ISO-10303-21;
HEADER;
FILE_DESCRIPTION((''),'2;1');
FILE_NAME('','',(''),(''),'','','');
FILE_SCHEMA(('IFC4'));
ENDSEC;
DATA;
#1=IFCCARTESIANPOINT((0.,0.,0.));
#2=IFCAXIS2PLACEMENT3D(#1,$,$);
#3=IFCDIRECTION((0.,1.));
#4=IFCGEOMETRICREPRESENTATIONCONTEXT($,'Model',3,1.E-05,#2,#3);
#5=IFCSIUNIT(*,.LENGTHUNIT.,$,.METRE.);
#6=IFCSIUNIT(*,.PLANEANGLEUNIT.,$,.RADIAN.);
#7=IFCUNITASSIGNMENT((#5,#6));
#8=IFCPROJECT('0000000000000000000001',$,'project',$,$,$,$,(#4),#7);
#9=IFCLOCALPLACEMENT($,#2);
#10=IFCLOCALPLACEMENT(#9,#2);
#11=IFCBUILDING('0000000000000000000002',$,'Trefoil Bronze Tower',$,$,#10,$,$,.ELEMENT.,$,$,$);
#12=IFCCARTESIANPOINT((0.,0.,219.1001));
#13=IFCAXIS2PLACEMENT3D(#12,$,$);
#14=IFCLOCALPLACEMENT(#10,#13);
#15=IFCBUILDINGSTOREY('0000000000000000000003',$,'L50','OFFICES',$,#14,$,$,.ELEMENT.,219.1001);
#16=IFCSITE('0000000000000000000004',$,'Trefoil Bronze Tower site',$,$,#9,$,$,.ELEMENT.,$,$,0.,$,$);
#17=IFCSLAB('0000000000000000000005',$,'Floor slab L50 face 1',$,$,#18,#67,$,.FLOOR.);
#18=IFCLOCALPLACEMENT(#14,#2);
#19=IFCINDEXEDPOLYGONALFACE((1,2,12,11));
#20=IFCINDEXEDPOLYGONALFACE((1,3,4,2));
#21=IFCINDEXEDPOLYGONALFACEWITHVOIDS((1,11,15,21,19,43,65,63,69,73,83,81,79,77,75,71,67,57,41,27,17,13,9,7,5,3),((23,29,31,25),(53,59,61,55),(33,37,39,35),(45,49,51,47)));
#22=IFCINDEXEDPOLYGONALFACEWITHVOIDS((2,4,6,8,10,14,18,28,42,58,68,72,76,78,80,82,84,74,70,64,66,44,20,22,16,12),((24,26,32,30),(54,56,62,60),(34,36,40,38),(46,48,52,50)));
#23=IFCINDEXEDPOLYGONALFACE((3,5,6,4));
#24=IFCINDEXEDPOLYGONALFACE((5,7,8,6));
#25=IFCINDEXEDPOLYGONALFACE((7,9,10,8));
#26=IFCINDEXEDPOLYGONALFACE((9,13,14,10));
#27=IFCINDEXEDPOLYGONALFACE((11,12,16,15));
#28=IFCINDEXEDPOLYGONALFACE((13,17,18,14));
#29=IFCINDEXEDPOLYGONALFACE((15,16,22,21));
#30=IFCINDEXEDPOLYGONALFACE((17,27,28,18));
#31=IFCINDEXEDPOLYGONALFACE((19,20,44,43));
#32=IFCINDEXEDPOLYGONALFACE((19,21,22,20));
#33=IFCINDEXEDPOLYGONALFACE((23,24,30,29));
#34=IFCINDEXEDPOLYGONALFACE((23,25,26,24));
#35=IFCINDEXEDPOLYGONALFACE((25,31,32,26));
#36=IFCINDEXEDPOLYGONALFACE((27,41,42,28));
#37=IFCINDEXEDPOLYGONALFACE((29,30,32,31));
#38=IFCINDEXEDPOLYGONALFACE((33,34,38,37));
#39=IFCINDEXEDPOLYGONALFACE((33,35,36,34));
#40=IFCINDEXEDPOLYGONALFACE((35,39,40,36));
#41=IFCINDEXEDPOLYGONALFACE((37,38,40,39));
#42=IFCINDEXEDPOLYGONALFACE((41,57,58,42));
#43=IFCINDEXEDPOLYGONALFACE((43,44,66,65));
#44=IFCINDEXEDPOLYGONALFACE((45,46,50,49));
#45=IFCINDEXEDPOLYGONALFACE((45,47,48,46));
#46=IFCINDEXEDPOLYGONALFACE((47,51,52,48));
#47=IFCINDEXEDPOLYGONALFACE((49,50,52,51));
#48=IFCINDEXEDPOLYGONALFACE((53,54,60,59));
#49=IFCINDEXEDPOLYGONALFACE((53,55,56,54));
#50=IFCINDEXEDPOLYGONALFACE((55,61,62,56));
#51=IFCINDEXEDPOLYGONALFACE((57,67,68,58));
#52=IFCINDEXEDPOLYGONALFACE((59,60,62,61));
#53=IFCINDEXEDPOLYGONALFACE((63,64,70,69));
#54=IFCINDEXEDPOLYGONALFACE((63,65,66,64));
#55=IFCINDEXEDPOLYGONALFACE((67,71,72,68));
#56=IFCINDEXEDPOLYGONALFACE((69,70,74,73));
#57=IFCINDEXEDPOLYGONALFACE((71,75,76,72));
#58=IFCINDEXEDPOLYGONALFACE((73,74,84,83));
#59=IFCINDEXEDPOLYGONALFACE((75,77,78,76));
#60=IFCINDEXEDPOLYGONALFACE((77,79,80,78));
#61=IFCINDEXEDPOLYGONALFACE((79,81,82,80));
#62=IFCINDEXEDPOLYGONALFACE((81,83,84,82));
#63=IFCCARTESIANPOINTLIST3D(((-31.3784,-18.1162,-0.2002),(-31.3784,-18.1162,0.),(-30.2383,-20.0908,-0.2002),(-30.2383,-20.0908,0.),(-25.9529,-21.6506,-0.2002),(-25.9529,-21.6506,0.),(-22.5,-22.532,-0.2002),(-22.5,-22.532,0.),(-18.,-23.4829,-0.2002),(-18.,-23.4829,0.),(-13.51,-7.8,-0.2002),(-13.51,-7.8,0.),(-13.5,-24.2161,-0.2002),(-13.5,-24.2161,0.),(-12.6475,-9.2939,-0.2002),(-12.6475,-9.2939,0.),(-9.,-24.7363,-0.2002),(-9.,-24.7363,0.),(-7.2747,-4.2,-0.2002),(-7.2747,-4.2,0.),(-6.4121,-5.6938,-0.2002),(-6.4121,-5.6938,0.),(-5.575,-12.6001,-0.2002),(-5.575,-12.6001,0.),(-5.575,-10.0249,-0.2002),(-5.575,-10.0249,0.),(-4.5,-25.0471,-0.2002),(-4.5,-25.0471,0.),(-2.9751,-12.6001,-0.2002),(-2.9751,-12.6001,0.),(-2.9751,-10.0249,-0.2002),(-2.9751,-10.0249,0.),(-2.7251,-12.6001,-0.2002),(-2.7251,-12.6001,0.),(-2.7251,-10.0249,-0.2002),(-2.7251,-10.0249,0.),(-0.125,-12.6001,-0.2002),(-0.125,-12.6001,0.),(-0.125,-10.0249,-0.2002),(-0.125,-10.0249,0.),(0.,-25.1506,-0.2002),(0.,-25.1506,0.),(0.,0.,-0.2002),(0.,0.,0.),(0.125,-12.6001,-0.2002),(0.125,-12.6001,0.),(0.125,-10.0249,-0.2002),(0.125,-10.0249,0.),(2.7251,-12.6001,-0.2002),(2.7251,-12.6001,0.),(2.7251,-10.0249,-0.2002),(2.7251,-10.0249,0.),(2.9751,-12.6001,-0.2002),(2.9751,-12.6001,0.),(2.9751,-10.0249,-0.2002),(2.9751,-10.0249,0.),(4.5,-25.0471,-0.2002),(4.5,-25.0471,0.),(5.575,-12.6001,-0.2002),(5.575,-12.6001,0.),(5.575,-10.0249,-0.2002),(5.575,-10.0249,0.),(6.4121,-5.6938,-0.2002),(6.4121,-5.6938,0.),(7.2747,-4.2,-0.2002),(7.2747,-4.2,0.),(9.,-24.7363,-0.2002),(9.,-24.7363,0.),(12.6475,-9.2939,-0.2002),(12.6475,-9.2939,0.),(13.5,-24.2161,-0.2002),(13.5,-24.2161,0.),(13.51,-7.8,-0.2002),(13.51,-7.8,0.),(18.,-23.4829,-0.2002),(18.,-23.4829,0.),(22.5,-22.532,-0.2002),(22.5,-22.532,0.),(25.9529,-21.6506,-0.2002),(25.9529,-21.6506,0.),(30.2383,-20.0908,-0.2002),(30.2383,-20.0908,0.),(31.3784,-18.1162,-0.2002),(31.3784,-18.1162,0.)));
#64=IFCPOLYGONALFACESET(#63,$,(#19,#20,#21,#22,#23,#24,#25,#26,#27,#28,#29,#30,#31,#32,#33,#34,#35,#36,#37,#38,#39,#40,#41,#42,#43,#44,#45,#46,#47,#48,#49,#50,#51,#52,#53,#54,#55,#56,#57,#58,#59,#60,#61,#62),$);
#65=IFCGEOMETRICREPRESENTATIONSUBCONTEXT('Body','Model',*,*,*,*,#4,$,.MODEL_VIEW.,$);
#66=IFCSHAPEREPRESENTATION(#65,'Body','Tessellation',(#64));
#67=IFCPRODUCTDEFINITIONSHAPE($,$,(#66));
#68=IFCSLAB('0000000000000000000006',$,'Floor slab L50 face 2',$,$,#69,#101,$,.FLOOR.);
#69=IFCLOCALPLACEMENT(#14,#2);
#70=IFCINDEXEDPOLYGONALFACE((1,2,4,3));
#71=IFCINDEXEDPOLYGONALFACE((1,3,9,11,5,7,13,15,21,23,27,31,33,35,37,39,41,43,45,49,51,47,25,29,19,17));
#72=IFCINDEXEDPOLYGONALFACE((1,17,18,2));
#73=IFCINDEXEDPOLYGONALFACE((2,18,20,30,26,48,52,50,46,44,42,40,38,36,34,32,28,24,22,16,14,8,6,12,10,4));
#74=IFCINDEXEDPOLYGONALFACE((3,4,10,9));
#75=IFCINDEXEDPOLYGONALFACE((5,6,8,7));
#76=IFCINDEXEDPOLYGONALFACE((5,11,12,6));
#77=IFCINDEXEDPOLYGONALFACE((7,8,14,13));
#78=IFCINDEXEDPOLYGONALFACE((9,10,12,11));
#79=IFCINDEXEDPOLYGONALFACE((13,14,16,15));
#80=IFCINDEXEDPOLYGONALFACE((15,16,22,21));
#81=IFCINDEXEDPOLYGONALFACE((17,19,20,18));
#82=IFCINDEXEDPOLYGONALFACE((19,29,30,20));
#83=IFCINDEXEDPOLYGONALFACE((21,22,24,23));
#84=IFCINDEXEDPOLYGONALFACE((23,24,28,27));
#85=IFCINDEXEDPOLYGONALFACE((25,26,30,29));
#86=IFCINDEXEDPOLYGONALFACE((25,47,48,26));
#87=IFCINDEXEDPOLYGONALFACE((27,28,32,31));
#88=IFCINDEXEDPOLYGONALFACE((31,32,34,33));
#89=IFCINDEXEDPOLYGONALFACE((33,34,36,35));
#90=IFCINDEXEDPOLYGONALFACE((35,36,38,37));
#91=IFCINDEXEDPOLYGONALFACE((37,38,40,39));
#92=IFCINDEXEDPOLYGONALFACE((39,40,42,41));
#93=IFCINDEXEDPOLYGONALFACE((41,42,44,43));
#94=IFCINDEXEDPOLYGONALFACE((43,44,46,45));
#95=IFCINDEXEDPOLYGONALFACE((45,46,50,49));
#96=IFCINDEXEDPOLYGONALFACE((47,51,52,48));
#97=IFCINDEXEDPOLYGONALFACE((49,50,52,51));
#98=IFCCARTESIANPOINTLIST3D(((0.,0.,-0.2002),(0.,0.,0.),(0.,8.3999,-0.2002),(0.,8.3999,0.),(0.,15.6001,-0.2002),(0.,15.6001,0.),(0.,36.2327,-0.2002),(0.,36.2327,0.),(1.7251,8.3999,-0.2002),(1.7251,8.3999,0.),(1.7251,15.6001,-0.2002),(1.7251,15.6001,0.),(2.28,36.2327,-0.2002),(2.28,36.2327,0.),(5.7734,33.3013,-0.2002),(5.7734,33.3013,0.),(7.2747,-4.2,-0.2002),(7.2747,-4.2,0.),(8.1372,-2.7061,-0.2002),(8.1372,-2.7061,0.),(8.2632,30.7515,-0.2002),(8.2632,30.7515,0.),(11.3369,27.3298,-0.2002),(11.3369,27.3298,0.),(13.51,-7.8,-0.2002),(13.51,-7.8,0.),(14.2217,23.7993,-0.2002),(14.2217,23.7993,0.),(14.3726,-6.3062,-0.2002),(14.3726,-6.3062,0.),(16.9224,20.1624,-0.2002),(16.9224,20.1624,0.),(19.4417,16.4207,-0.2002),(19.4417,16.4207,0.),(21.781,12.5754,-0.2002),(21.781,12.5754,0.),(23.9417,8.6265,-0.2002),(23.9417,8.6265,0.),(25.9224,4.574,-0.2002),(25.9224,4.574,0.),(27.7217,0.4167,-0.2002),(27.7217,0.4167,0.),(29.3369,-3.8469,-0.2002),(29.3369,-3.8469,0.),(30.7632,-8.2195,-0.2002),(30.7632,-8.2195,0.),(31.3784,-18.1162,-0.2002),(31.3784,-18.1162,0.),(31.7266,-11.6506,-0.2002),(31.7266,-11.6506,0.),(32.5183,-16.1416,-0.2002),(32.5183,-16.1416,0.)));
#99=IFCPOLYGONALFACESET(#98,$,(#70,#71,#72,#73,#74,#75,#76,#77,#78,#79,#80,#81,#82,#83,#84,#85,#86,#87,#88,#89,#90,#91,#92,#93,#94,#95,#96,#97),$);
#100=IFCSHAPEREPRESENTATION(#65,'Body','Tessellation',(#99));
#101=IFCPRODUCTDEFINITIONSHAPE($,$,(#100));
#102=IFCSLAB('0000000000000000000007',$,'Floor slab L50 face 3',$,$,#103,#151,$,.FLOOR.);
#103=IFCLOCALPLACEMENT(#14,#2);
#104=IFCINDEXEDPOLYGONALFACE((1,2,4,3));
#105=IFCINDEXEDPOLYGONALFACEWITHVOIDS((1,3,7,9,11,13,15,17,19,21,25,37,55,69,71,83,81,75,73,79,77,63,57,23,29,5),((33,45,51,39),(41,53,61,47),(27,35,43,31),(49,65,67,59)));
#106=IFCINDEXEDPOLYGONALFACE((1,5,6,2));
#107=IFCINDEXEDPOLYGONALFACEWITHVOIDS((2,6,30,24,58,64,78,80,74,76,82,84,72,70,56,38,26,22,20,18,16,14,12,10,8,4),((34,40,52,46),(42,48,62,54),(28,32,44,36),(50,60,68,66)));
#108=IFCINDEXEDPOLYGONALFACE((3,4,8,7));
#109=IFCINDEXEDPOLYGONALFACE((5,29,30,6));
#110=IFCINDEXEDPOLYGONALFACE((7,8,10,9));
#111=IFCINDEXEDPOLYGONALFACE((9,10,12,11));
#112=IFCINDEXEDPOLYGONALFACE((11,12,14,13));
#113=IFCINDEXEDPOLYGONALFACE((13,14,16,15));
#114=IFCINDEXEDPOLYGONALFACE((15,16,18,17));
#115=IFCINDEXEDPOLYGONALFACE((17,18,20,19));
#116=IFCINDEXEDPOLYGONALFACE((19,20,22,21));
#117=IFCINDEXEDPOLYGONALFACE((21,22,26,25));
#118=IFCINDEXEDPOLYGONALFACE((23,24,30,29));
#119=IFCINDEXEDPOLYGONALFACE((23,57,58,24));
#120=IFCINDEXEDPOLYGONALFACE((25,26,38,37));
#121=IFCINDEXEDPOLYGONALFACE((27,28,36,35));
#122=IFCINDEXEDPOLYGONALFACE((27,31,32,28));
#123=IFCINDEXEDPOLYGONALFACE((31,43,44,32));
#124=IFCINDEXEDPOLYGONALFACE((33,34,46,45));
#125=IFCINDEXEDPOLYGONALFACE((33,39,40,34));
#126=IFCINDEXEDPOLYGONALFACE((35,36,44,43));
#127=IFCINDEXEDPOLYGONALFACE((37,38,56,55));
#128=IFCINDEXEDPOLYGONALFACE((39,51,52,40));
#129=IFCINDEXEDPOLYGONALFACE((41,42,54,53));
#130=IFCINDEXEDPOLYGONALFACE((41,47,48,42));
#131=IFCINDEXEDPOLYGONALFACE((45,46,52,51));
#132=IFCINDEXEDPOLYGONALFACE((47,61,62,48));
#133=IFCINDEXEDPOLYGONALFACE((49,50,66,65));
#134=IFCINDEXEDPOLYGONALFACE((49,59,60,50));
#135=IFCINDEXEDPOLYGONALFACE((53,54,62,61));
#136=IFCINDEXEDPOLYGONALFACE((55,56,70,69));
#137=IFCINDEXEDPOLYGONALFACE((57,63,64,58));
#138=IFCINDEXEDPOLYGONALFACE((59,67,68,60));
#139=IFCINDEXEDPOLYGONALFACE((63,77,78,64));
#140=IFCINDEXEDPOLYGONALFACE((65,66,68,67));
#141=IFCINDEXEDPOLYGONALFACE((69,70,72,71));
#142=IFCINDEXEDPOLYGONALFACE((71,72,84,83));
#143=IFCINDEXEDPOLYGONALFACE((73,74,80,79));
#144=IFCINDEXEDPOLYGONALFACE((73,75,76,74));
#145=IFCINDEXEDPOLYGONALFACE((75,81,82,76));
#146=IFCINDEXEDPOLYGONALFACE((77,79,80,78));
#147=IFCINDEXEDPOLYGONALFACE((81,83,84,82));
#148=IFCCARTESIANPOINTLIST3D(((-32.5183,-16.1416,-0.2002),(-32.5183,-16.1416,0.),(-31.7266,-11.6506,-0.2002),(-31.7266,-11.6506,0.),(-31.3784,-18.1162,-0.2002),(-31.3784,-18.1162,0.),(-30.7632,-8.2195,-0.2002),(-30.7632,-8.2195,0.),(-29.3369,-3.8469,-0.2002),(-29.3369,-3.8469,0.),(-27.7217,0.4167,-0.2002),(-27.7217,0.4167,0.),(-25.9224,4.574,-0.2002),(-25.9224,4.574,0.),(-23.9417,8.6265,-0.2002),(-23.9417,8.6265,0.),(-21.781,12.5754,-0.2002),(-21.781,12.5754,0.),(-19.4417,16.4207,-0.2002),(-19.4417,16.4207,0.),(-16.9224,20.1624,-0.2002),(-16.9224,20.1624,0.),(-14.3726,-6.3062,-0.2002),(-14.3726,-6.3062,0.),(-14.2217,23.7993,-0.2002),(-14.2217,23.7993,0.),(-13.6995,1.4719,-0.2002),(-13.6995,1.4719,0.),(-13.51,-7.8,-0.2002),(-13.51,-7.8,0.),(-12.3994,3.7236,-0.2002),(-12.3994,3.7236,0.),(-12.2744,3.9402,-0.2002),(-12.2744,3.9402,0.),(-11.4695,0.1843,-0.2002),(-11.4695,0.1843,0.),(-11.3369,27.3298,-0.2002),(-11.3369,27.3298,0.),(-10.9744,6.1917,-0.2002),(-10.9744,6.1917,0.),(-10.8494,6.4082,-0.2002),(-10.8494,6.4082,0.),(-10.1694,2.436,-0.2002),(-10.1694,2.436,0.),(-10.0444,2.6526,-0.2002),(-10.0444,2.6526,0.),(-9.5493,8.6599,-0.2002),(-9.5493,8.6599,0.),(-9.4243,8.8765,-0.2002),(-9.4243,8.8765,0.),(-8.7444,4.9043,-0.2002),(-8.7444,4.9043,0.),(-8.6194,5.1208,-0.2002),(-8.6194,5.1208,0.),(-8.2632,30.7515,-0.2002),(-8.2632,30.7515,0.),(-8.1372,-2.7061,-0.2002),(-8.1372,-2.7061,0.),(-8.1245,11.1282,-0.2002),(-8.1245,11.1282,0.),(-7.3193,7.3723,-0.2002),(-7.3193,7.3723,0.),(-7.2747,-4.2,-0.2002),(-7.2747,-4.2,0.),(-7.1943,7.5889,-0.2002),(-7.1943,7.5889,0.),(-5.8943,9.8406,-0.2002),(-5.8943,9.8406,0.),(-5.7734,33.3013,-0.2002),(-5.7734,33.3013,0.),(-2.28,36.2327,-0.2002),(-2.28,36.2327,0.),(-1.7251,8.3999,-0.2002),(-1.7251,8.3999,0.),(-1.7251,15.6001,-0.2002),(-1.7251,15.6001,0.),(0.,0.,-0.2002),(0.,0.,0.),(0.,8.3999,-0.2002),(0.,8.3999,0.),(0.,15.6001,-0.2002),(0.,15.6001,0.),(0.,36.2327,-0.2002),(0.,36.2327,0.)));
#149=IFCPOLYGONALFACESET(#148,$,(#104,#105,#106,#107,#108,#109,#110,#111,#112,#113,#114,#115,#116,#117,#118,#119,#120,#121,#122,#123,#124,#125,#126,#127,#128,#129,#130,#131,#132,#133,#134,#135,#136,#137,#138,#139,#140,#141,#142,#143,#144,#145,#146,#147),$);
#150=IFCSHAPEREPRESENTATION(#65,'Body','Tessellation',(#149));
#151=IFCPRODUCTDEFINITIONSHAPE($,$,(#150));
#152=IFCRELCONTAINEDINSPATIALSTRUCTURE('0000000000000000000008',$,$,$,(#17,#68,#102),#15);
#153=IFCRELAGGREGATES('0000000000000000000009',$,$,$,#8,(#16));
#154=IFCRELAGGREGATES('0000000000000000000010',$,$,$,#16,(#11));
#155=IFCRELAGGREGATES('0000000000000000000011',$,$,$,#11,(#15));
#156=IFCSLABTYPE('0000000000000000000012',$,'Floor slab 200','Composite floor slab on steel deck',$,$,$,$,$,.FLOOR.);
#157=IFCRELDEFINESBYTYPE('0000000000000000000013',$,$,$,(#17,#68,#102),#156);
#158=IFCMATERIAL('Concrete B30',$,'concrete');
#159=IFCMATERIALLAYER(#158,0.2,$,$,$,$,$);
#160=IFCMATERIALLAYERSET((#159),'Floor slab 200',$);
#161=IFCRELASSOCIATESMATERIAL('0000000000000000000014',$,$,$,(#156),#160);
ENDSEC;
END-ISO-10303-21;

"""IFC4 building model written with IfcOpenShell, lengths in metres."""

from ifc_helpers import new_model, si_unit, direction, frame, origin, place, context, subcontext, project, spatial, polyline, outline, extrude, material, layer, layer_set, type_object, element, save


model = new_model("IFC4")

# Units and contexts
model_context = context("Model", 3, precision=1e-05, world=origin(), true_north=direction((0.0, 1.0)))
body_context = subcontext(model_context, "Body", "Model", "MODEL_VIEW")
ifc_project = project(units=[si_unit("LENGTHUNIT", "METRE"), si_unit("PLANEANGLEUNIT", "RADIAN")], contexts=[model_context])

# Site, building, storey
site_placement = place(None, origin())
site = spatial("IfcSite", under=ifc_project, at=site_placement, Name="Trefoil Bronze Tower site", CompositionType="ELEMENT", RefElevation=0.0)
building_placement = place(site_placement, origin())
building = spatial("IfcBuilding", under=site, at=building_placement, Name="Trefoil Bronze Tower", CompositionType="ELEMENT")
storey_placement = place(building_placement, frame((0.0, 0.0, 219.1001)))
storey = spatial("IfcBuildingStorey", under=building, at=storey_placement, Name="L50", Description="OFFICES", CompositionType="ELEMENT", Elevation=219.1001)

# Slabs
ifc_material_1 = material(Name="Concrete B30", Category="concrete")
ifc_layer_1 = layer(ifc_material_1, 0.2)
ifc_layer_set_1 = layer_set([ifc_layer_1], Name="Floor slab 200")
slab_type = type_object("IfcSlabType", Name="Floor slab 200", Description="Composite floor slab on steel deck", PredefinedType="FLOOR", material=ifc_layer_set_1)
slab_1_placement = place(storey_placement, frame((0.0, 0.0, -0.2002)))
element("IfcSlab", 1, at=slab_1_placement, inside=storey, type_object=slab_type, Name="Floor slab L50 face 1", PredefinedType="FLOOR", context=body_context, shape_type="SweptSolid", body=[
    extrude(outline(polyline([(18.0, -23.4829), (13.5, -24.2161), (9.0, -24.7363), (4.5, -25.0471), (0.0, -25.1506), (-4.5, -25.0471), (-9.0, -24.7363), (-13.5, -24.2161), (-18.0, -23.4829), (-22.5, -22.532), (-25.9529, -21.6506), (-30.2383, -20.0908), (-31.3784, -18.1162), (-13.51, -7.8), (-12.6475, -9.2939), (-6.4121, -5.6938), (-7.2747, -4.2), (0.0, 0.0), (7.2747, -4.2), (6.4121, -5.6938), (12.6475, -9.2939), (13.51, -7.8), (31.3784, -18.1162), (30.2383, -20.0908), (25.9529, -21.6506), (22.5, -22.532), (18.0, -23.4829)]), holes=[polyline([(-5.575, -10.0249), (-2.9751, -10.0249), (-2.9751, -12.6001), (-5.575, -12.6001), (-5.575, -10.0249)]), polyline([(-2.7251, -10.0249), (-0.125, -10.0249), (-0.125, -12.6001), (-2.7251, -12.6001), (-2.7251, -10.0249)]), polyline([(0.125, -10.0249), (2.7251, -10.0249), (2.7251, -12.6001), (0.125, -12.6001), (0.125, -10.0249)]), polyline([(2.9751, -10.0249), (5.575, -10.0249), (5.575, -12.6001), (2.9751, -12.6001), (2.9751, -10.0249)])]), origin(), (0.0, 0.0, 1.0), 0.2002),
])
slab_2_placement = place(storey_placement, frame((0.0, 0.0, -0.2002)))
element("IfcSlab", 2, at=slab_2_placement, inside=storey, type_object=slab_type, Name="Floor slab L50 face 2", PredefinedType="FLOOR", context=body_context, shape_type="SweptSolid", body=[
    extrude(outline(polyline([(11.3369, 27.3298), (14.2217, 23.7993), (16.9224, 20.1624), (19.4417, 16.4207), (21.781, 12.5754), (23.9417, 8.6265), (25.9224, 4.574), (27.7217, 0.4167), (29.3369, -3.8469), (30.7632, -8.2195), (31.7266, -11.6506), (32.5183, -16.1416), (31.3784, -18.1162), (13.51, -7.8), (14.3726, -6.3062), (8.1372, -2.7061), (7.2747, -4.2), (0.0, 0.0), (0.0, 8.3999), (1.7251, 8.3999), (1.7251, 15.6001), (0.0, 15.6001), (0.0, 36.2327), (2.28, 36.2327), (5.7734, 33.3013), (8.2632, 30.7515), (11.3369, 27.3298)])), origin(), (0.0, 0.0, 1.0), 0.2002),
])
slab_3_placement = place(storey_placement, frame((0.0, 0.0, -0.2002)))
element("IfcSlab", 3, at=slab_3_placement, inside=storey, type_object=slab_type, Name="Floor slab L50 face 3", PredefinedType="FLOOR", context=body_context, shape_type="SweptSolid", body=[
    extrude(outline(polyline([(-29.3369, -3.8469), (-27.7217, 0.4167), (-25.9224, 4.574), (-23.9417, 8.6265), (-21.781, 12.5754), (-19.4417, 16.4207), (-16.9224, 20.1624), (-14.2217, 23.7993), (-11.3369, 27.3298), (-8.2632, 30.7515), (-5.7734, 33.3013), (-2.28, 36.2327), (0.0, 36.2327), (0.0, 15.6001), (-1.7251, 15.6001), (-1.7251, 8.3999), (0.0, 8.3999), (0.0, 0.0), (-7.2747, -4.2), (-8.1372, -2.7061), (-14.3726, -6.3062), (-13.51, -7.8), (-31.3784, -18.1162), (-32.5183, -16.1416), (-31.7266, -11.6506), (-30.7632, -8.2195), (-29.3369, -3.8469)]), holes=[polyline([(-5.8943, 9.8406), (-7.1943, 7.5889), (-9.4243, 8.8765), (-8.1245, 11.1282), (-5.8943, 9.8406)]), polyline([(-7.3193, 7.3723), (-8.6194, 5.1208), (-10.8494, 6.4082), (-9.5493, 8.6599), (-7.3193, 7.3723)]), polyline([(-8.7444, 4.9043), (-10.0444, 2.6526), (-12.2744, 3.9402), (-10.9744, 6.1917), (-8.7444, 4.9043)]), polyline([(-10.1694, 2.436), (-11.4695, 0.1843), (-13.6995, 1.4719), (-12.3994, 3.7236), (-10.1694, 2.436)])]), origin(), (0.0, 0.0, 1.0), 0.2002),
])

save(model, "model.ifc")
